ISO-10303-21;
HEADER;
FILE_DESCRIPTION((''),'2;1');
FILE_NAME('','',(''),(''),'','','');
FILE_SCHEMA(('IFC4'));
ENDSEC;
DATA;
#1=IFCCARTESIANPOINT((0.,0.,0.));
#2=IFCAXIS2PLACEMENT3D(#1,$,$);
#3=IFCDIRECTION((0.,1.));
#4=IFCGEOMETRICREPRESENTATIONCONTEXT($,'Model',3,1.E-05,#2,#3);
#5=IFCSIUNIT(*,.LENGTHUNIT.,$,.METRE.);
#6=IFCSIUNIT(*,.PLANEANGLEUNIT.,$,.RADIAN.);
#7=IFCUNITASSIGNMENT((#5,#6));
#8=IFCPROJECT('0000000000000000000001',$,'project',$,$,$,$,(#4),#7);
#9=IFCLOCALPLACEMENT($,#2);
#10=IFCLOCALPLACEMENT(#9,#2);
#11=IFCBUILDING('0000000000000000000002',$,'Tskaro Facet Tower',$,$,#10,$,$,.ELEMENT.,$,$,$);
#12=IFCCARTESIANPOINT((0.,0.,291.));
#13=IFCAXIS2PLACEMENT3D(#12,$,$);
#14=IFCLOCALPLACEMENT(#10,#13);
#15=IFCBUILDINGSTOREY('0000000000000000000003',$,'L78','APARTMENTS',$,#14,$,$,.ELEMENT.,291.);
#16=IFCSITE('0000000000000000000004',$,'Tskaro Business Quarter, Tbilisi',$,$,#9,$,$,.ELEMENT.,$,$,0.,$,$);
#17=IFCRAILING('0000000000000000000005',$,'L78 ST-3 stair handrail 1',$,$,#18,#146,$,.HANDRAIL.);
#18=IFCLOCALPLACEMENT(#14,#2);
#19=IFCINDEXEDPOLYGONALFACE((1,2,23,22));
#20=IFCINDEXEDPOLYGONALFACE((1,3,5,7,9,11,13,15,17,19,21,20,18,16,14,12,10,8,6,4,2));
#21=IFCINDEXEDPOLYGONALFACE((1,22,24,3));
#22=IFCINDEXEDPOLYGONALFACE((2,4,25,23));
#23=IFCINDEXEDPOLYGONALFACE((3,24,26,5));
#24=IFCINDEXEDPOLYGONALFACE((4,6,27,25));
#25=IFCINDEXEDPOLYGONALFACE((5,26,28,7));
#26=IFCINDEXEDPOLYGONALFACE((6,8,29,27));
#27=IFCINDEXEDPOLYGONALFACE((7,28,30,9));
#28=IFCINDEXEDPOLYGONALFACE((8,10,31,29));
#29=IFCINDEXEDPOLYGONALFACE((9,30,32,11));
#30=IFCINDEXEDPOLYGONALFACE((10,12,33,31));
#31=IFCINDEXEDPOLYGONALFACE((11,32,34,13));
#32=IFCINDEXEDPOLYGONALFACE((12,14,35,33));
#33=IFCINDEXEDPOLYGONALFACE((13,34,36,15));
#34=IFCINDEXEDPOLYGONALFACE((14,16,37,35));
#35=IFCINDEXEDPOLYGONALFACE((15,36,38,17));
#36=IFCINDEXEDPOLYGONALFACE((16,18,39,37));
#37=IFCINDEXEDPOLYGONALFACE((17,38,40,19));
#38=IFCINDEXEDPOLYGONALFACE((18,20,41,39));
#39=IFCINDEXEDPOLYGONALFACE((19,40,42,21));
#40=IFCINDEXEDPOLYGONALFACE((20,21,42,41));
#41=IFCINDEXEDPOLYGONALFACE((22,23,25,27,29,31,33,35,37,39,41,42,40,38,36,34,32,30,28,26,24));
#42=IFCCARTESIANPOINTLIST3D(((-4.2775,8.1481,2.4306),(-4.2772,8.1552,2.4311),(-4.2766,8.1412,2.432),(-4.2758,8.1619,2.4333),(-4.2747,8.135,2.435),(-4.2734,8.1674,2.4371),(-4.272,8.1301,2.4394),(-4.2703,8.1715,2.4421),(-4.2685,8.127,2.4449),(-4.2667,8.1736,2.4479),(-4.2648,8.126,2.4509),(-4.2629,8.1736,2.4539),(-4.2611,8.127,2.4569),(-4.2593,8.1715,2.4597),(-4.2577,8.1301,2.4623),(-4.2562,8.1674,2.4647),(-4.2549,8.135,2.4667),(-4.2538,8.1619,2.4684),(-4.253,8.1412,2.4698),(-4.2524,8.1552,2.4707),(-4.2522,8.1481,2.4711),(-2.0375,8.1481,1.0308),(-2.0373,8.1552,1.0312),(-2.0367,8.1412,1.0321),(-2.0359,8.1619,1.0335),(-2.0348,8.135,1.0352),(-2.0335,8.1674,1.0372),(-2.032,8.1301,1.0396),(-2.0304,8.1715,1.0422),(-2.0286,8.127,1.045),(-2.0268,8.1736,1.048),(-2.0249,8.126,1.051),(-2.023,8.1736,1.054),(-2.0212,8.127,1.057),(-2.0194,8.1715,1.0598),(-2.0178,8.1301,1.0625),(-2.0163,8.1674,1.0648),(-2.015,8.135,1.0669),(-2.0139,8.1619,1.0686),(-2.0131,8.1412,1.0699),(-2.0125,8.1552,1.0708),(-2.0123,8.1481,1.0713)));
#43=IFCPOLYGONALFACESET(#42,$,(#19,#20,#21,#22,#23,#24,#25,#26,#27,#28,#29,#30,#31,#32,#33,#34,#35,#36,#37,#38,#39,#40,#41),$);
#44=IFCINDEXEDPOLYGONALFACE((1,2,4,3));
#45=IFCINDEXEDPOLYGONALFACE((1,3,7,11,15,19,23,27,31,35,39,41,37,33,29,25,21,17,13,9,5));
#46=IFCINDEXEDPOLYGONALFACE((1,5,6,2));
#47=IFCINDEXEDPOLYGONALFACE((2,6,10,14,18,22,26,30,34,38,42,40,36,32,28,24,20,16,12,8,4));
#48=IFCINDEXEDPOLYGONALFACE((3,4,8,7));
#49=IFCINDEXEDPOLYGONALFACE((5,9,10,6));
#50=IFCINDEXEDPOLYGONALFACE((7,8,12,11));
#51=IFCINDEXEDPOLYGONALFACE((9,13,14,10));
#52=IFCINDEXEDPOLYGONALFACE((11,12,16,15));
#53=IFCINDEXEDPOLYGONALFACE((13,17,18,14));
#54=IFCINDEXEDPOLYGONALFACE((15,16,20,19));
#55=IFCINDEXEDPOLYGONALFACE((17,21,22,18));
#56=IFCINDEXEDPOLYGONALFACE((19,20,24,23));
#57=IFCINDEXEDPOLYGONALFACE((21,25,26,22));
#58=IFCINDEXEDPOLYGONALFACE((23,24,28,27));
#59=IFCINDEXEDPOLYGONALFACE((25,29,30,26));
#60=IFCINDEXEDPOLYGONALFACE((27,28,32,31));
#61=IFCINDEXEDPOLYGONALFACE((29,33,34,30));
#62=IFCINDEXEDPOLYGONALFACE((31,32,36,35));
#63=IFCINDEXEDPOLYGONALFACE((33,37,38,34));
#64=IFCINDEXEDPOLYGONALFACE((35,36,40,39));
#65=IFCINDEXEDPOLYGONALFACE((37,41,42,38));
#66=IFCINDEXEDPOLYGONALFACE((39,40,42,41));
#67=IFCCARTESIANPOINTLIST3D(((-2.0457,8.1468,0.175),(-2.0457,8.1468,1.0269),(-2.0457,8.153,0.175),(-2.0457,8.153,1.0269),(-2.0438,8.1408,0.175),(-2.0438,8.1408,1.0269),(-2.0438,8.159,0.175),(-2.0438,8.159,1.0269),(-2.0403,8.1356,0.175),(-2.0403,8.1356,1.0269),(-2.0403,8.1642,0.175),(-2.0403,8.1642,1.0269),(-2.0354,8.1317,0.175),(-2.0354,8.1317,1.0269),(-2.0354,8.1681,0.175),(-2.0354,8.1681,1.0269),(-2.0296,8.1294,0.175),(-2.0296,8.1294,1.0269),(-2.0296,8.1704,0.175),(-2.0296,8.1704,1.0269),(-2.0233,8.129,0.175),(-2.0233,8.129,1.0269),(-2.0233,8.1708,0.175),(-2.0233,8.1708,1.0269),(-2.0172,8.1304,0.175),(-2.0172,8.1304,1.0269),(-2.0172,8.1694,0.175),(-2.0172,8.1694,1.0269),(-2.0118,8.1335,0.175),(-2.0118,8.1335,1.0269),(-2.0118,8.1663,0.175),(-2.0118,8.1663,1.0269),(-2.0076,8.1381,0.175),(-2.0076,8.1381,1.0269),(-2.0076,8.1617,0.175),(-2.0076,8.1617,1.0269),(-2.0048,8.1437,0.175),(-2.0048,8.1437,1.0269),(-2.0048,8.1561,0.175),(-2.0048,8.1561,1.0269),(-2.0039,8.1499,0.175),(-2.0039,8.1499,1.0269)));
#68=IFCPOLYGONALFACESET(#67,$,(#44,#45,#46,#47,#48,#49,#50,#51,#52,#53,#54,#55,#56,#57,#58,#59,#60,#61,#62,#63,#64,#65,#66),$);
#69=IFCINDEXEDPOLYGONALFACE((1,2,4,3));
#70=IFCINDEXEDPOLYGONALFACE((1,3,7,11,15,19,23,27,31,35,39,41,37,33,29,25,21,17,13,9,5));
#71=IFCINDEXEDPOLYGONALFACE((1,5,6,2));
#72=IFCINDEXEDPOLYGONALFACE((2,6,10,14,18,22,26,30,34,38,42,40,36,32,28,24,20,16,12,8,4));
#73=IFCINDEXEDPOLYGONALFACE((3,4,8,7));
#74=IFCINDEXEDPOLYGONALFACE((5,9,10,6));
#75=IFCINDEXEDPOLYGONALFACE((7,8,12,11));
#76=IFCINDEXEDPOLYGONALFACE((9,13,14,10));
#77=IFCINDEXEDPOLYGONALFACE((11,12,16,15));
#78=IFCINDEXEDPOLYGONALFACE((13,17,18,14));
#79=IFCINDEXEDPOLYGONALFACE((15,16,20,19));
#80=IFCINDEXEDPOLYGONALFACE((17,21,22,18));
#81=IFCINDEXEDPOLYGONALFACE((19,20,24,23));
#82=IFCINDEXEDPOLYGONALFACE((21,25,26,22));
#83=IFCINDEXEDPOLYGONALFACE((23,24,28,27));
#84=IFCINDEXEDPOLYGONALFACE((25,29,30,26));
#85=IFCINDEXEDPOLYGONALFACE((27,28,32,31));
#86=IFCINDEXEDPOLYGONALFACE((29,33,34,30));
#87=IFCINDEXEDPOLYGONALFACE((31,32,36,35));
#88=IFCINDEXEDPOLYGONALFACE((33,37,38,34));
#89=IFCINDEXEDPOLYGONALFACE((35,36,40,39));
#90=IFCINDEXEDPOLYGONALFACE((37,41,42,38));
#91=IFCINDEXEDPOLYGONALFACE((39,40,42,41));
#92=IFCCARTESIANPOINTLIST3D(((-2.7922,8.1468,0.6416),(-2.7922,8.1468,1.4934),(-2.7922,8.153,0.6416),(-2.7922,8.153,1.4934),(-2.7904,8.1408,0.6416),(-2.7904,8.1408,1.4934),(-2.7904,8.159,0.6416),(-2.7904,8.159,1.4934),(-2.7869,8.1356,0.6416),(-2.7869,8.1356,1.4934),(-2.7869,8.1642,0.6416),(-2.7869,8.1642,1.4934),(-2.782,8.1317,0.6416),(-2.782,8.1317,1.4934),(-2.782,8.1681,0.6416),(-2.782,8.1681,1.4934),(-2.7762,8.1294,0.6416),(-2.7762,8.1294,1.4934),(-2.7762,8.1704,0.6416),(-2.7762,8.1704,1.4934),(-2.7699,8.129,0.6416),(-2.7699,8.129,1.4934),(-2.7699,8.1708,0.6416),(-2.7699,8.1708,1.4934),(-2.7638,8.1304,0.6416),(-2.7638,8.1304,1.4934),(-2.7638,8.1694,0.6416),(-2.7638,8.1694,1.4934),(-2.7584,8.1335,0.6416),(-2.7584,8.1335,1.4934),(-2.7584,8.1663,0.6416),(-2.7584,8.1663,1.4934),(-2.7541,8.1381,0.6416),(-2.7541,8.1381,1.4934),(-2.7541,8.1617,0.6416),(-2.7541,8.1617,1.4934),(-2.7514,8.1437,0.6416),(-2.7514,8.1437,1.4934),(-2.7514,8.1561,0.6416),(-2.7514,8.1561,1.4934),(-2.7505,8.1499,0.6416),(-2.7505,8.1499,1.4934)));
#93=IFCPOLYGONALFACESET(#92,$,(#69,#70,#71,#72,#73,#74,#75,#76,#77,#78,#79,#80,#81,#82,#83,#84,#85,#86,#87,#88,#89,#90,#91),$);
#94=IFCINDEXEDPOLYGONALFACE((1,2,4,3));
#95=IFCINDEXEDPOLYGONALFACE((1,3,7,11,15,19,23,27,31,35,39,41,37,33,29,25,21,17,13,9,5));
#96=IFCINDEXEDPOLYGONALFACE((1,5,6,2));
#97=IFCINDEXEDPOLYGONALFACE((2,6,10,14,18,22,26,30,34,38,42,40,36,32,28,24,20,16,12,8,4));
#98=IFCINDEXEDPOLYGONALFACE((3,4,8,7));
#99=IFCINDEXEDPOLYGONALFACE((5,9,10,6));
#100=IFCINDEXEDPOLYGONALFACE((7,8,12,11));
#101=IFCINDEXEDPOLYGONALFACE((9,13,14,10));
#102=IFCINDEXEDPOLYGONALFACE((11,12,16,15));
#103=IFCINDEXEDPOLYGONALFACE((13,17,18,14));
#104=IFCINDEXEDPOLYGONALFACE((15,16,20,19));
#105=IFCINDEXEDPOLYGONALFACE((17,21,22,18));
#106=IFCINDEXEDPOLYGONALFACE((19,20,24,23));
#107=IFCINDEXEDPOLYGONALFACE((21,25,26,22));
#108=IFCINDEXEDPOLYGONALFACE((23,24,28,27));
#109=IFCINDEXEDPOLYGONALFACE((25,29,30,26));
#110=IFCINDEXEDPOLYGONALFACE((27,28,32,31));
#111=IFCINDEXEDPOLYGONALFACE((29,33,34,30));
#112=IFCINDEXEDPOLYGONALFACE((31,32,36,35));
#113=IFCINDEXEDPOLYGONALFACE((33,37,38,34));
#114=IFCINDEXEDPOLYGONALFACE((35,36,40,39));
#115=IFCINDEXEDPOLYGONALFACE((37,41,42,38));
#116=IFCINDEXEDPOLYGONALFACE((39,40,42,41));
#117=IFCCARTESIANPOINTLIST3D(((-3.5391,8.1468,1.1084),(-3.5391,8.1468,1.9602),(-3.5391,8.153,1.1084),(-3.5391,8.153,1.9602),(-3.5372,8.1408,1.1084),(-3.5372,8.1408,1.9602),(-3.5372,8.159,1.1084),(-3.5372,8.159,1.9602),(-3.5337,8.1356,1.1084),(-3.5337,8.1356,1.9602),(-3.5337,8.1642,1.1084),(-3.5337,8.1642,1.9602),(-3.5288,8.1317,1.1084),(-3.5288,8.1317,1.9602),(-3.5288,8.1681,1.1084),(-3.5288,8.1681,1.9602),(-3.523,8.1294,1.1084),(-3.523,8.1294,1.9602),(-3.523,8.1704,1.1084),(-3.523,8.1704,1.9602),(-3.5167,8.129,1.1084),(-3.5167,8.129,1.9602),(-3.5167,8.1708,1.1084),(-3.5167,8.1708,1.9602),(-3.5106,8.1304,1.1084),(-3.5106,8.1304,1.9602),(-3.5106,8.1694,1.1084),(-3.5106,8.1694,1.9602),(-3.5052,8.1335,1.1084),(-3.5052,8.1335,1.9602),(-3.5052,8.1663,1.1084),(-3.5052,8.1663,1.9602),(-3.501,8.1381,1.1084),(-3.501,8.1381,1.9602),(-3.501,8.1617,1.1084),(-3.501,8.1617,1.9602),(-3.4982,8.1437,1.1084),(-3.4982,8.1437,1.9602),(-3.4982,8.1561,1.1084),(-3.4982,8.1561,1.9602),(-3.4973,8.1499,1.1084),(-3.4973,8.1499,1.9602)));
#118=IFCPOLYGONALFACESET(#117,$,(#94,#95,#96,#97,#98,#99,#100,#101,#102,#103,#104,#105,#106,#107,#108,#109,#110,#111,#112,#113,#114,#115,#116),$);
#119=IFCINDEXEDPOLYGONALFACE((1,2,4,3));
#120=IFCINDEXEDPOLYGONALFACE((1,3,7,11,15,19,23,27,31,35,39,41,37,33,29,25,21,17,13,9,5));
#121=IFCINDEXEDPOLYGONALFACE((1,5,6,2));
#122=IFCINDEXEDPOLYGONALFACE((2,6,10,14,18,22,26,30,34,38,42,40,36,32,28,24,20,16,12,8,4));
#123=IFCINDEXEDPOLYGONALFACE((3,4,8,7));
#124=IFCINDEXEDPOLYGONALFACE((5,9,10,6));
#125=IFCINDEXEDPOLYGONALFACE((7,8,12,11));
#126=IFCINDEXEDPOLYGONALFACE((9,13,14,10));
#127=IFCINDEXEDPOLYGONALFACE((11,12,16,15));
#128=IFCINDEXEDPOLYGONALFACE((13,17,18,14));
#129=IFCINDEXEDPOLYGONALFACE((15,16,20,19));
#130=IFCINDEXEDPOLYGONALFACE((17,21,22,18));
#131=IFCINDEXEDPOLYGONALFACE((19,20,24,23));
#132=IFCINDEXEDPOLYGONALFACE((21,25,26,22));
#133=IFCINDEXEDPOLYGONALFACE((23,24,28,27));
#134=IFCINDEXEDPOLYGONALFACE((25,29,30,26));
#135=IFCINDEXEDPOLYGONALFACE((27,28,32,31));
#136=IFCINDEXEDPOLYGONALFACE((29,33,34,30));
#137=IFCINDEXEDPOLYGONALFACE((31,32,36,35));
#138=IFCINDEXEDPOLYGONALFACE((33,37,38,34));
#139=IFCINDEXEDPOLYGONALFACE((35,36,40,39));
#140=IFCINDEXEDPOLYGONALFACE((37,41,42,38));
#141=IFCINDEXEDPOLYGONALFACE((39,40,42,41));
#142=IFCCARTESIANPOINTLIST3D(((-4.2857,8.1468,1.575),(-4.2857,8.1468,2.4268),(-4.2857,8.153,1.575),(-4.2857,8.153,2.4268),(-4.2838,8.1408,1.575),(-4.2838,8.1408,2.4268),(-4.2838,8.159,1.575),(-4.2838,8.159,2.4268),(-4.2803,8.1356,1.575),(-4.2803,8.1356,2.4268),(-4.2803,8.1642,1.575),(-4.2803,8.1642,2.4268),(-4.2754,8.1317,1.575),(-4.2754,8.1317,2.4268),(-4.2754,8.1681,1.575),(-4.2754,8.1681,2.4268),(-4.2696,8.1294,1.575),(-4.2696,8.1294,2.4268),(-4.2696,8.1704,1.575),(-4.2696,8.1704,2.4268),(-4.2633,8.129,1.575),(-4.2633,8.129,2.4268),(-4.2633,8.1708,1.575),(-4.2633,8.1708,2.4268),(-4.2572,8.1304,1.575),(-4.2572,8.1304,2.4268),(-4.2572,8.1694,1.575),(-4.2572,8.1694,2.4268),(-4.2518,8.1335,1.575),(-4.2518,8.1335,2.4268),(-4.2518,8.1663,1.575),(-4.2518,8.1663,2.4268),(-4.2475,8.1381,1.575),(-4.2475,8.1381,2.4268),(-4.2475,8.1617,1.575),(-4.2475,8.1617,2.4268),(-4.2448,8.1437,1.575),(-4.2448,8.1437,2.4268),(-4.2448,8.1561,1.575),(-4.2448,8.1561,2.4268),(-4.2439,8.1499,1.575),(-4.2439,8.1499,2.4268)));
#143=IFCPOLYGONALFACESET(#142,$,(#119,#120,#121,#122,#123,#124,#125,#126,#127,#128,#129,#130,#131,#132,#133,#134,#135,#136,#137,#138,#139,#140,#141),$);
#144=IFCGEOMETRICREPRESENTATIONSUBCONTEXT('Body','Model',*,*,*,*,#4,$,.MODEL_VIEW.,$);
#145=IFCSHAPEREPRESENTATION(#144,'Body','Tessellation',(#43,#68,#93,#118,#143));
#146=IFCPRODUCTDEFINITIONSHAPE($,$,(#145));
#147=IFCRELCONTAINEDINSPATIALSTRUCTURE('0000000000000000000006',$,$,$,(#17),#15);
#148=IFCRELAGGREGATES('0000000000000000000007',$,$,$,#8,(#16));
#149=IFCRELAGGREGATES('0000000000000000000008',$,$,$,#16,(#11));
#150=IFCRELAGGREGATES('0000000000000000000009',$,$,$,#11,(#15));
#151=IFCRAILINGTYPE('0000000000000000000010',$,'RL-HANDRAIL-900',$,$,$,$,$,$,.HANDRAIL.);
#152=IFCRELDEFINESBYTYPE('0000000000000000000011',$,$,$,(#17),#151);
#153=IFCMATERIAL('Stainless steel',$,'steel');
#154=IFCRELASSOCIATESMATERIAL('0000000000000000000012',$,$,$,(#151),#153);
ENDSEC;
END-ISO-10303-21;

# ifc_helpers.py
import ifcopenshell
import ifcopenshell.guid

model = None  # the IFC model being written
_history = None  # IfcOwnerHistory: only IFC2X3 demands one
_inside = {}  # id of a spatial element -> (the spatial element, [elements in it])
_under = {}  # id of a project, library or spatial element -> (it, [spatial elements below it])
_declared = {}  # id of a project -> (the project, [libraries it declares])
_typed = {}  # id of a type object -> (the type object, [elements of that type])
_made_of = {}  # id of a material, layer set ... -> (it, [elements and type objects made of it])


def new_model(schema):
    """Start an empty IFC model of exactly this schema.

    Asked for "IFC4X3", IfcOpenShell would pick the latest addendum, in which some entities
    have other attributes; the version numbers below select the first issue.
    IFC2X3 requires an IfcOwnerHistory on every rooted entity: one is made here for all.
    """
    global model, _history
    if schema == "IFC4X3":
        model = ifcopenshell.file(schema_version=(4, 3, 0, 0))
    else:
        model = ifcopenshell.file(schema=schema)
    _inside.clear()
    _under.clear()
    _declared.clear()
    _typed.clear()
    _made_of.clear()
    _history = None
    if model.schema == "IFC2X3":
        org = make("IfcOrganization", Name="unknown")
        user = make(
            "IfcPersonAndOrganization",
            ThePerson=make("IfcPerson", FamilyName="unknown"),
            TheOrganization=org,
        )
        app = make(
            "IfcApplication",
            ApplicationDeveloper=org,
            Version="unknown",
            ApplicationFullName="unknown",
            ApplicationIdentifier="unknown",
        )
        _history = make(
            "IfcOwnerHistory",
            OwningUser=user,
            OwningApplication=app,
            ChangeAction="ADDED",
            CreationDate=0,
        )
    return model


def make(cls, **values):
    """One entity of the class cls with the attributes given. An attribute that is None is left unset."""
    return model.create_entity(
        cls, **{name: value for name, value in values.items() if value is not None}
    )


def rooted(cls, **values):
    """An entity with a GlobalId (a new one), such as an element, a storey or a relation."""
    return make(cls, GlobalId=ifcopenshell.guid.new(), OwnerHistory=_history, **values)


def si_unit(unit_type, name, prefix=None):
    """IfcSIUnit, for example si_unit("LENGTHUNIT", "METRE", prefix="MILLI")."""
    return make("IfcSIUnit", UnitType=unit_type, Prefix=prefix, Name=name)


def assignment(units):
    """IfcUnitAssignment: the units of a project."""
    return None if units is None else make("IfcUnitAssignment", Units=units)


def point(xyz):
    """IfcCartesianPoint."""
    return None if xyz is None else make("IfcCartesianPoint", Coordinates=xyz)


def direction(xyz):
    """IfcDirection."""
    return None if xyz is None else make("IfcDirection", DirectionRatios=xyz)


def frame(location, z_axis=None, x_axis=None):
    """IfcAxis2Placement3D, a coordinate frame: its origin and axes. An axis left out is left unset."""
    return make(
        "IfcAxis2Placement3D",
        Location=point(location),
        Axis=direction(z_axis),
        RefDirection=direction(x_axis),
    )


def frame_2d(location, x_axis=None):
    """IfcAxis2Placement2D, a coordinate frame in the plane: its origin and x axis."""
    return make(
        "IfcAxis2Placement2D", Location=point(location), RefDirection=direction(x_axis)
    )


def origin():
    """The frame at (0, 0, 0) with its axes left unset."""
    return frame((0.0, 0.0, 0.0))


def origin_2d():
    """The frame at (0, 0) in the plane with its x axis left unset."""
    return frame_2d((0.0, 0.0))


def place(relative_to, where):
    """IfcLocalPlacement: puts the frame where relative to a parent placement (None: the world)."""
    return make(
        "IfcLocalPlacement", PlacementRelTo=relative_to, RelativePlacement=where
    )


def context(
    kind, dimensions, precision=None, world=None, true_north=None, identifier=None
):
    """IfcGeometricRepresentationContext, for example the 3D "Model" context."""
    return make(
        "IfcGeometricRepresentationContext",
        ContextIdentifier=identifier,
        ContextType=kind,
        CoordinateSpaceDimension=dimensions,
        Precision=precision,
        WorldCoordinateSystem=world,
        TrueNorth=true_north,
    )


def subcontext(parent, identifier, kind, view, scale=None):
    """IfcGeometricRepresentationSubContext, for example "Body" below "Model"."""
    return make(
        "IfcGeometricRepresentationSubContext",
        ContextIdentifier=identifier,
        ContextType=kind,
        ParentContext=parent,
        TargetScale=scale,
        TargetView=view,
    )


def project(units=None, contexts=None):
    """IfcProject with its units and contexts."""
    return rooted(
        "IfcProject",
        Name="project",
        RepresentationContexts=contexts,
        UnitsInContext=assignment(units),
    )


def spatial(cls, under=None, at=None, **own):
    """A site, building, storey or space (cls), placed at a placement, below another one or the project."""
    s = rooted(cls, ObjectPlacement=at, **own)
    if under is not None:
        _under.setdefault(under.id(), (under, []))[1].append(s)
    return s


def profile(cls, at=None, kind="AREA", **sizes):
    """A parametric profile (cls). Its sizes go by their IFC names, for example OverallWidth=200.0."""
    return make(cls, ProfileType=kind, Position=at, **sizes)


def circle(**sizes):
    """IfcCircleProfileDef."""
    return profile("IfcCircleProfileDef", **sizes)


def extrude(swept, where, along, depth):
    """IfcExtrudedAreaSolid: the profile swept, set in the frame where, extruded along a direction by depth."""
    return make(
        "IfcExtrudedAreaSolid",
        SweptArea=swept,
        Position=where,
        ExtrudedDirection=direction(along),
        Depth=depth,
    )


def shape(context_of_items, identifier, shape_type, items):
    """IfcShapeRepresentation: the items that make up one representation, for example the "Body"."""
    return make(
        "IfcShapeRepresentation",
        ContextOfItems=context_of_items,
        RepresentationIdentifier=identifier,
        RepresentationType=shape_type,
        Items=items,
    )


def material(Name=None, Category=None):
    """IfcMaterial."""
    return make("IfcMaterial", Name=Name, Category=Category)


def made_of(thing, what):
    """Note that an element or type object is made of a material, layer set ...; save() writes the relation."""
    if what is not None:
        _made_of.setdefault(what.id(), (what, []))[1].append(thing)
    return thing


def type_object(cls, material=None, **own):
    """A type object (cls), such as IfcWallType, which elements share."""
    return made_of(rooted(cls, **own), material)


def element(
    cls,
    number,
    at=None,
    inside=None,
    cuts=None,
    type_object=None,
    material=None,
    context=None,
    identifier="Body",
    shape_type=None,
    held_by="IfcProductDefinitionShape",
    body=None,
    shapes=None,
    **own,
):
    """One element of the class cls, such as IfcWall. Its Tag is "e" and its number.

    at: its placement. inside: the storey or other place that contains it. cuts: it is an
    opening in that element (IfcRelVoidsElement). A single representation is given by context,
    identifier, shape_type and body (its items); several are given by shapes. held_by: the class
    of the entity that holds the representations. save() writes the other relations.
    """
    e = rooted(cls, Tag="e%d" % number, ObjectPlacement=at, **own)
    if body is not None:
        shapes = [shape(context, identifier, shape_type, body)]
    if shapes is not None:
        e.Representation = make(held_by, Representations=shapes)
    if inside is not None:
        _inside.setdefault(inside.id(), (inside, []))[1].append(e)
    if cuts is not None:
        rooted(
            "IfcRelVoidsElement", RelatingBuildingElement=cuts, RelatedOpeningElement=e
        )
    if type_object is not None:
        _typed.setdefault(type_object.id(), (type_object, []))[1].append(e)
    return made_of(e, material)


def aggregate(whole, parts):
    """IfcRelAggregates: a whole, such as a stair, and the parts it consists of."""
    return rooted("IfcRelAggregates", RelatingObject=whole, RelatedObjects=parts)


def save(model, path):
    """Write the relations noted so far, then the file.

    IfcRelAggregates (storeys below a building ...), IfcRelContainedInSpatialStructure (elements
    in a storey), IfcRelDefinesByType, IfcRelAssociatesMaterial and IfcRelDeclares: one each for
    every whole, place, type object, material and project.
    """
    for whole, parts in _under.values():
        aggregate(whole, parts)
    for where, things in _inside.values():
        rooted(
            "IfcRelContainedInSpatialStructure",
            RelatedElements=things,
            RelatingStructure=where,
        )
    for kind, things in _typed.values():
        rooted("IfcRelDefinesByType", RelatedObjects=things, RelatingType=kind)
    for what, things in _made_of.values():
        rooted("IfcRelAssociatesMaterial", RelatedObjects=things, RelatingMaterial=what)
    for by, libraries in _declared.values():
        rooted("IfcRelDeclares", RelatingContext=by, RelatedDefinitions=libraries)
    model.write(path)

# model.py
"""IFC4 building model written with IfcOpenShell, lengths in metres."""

from ifc_helpers import new_model, si_unit, direction, frame, origin, origin_2d, place, context, subcontext, project, spatial, circle, extrude, material, type_object, element, save


model = new_model("IFC4")

# Units and contexts
model_context = context("Model", 3, precision=1e-05, world=origin(), true_north=direction((0.0, 1.0)))
body_context = subcontext(model_context, "Body", "Model", "MODEL_VIEW")
ifc_project = project(units=[si_unit("LENGTHUNIT", "METRE"), si_unit("PLANEANGLEUNIT", "RADIAN")], contexts=[model_context])

# Site, building, storey
site_placement = place(None, origin())
site = spatial("IfcSite", under=ifc_project, at=site_placement, Name="Tskaro Business Quarter, Tbilisi", CompositionType="ELEMENT", RefElevation=0.0)
building_placement = place(site_placement, origin())
building = spatial("IfcBuilding", under=site, at=building_placement, Name="Tskaro Facet Tower", CompositionType="ELEMENT")
storey_placement = place(building_placement, frame((0.0, 0.0, 291.0)))
storey = spatial("IfcBuildingStorey", under=building, at=storey_placement, Name="L78", Description="APARTMENTS", CompositionType="ELEMENT", Elevation=291.0)

# Railing
ifc_material_1 = material(Name="Stainless steel", Category="steel")
railing_type_1 = type_object("IfcRailingType", Name="RL-HANDRAIL-900", PredefinedType="HANDRAIL", material=ifc_material_1)
railing_1_placement = place(storey_placement, frame((-2.0249, 8.1499, 0.175)))
element("IfcRailing", 1, at=railing_1_placement, inside=storey, type_object=railing_type_1, Name="L78 ST-3 stair handrail 1", PredefinedType="HANDRAIL", context=body_context, shape_type="SweptSolid", body=[
    extrude(circle(Radius=0.0239, at=origin_2d()), frame((0.0, 0.0, 0.876), z_axis=(-0.848014, 0.0, 0.529974), x_axis=(0.0, -1.0, 0.0)), (0.0, 0.0, 1.0), 2.6414),
    extrude(circle(Radius=0.021, at=origin_2d()), origin(), (0.0, 0.0, 1.0), 0.8518),
    extrude(circle(Radius=0.021, at=origin_2d()), frame((-0.7466, 0.0, 0.4666)), (0.0, 0.0, 1.0), 0.8518),
    extrude(circle(Radius=0.021, at=origin_2d()), frame((-1.4934, 0.0, 0.9333)), (0.0, 0.0, 1.0), 0.8518),
    extrude(circle(Radius=0.021, at=origin_2d()), frame((-2.24, 0.0, 1.3999)), (0.0, 0.0, 1.0), 0.8518),
])

save(model, "model.ifc")
